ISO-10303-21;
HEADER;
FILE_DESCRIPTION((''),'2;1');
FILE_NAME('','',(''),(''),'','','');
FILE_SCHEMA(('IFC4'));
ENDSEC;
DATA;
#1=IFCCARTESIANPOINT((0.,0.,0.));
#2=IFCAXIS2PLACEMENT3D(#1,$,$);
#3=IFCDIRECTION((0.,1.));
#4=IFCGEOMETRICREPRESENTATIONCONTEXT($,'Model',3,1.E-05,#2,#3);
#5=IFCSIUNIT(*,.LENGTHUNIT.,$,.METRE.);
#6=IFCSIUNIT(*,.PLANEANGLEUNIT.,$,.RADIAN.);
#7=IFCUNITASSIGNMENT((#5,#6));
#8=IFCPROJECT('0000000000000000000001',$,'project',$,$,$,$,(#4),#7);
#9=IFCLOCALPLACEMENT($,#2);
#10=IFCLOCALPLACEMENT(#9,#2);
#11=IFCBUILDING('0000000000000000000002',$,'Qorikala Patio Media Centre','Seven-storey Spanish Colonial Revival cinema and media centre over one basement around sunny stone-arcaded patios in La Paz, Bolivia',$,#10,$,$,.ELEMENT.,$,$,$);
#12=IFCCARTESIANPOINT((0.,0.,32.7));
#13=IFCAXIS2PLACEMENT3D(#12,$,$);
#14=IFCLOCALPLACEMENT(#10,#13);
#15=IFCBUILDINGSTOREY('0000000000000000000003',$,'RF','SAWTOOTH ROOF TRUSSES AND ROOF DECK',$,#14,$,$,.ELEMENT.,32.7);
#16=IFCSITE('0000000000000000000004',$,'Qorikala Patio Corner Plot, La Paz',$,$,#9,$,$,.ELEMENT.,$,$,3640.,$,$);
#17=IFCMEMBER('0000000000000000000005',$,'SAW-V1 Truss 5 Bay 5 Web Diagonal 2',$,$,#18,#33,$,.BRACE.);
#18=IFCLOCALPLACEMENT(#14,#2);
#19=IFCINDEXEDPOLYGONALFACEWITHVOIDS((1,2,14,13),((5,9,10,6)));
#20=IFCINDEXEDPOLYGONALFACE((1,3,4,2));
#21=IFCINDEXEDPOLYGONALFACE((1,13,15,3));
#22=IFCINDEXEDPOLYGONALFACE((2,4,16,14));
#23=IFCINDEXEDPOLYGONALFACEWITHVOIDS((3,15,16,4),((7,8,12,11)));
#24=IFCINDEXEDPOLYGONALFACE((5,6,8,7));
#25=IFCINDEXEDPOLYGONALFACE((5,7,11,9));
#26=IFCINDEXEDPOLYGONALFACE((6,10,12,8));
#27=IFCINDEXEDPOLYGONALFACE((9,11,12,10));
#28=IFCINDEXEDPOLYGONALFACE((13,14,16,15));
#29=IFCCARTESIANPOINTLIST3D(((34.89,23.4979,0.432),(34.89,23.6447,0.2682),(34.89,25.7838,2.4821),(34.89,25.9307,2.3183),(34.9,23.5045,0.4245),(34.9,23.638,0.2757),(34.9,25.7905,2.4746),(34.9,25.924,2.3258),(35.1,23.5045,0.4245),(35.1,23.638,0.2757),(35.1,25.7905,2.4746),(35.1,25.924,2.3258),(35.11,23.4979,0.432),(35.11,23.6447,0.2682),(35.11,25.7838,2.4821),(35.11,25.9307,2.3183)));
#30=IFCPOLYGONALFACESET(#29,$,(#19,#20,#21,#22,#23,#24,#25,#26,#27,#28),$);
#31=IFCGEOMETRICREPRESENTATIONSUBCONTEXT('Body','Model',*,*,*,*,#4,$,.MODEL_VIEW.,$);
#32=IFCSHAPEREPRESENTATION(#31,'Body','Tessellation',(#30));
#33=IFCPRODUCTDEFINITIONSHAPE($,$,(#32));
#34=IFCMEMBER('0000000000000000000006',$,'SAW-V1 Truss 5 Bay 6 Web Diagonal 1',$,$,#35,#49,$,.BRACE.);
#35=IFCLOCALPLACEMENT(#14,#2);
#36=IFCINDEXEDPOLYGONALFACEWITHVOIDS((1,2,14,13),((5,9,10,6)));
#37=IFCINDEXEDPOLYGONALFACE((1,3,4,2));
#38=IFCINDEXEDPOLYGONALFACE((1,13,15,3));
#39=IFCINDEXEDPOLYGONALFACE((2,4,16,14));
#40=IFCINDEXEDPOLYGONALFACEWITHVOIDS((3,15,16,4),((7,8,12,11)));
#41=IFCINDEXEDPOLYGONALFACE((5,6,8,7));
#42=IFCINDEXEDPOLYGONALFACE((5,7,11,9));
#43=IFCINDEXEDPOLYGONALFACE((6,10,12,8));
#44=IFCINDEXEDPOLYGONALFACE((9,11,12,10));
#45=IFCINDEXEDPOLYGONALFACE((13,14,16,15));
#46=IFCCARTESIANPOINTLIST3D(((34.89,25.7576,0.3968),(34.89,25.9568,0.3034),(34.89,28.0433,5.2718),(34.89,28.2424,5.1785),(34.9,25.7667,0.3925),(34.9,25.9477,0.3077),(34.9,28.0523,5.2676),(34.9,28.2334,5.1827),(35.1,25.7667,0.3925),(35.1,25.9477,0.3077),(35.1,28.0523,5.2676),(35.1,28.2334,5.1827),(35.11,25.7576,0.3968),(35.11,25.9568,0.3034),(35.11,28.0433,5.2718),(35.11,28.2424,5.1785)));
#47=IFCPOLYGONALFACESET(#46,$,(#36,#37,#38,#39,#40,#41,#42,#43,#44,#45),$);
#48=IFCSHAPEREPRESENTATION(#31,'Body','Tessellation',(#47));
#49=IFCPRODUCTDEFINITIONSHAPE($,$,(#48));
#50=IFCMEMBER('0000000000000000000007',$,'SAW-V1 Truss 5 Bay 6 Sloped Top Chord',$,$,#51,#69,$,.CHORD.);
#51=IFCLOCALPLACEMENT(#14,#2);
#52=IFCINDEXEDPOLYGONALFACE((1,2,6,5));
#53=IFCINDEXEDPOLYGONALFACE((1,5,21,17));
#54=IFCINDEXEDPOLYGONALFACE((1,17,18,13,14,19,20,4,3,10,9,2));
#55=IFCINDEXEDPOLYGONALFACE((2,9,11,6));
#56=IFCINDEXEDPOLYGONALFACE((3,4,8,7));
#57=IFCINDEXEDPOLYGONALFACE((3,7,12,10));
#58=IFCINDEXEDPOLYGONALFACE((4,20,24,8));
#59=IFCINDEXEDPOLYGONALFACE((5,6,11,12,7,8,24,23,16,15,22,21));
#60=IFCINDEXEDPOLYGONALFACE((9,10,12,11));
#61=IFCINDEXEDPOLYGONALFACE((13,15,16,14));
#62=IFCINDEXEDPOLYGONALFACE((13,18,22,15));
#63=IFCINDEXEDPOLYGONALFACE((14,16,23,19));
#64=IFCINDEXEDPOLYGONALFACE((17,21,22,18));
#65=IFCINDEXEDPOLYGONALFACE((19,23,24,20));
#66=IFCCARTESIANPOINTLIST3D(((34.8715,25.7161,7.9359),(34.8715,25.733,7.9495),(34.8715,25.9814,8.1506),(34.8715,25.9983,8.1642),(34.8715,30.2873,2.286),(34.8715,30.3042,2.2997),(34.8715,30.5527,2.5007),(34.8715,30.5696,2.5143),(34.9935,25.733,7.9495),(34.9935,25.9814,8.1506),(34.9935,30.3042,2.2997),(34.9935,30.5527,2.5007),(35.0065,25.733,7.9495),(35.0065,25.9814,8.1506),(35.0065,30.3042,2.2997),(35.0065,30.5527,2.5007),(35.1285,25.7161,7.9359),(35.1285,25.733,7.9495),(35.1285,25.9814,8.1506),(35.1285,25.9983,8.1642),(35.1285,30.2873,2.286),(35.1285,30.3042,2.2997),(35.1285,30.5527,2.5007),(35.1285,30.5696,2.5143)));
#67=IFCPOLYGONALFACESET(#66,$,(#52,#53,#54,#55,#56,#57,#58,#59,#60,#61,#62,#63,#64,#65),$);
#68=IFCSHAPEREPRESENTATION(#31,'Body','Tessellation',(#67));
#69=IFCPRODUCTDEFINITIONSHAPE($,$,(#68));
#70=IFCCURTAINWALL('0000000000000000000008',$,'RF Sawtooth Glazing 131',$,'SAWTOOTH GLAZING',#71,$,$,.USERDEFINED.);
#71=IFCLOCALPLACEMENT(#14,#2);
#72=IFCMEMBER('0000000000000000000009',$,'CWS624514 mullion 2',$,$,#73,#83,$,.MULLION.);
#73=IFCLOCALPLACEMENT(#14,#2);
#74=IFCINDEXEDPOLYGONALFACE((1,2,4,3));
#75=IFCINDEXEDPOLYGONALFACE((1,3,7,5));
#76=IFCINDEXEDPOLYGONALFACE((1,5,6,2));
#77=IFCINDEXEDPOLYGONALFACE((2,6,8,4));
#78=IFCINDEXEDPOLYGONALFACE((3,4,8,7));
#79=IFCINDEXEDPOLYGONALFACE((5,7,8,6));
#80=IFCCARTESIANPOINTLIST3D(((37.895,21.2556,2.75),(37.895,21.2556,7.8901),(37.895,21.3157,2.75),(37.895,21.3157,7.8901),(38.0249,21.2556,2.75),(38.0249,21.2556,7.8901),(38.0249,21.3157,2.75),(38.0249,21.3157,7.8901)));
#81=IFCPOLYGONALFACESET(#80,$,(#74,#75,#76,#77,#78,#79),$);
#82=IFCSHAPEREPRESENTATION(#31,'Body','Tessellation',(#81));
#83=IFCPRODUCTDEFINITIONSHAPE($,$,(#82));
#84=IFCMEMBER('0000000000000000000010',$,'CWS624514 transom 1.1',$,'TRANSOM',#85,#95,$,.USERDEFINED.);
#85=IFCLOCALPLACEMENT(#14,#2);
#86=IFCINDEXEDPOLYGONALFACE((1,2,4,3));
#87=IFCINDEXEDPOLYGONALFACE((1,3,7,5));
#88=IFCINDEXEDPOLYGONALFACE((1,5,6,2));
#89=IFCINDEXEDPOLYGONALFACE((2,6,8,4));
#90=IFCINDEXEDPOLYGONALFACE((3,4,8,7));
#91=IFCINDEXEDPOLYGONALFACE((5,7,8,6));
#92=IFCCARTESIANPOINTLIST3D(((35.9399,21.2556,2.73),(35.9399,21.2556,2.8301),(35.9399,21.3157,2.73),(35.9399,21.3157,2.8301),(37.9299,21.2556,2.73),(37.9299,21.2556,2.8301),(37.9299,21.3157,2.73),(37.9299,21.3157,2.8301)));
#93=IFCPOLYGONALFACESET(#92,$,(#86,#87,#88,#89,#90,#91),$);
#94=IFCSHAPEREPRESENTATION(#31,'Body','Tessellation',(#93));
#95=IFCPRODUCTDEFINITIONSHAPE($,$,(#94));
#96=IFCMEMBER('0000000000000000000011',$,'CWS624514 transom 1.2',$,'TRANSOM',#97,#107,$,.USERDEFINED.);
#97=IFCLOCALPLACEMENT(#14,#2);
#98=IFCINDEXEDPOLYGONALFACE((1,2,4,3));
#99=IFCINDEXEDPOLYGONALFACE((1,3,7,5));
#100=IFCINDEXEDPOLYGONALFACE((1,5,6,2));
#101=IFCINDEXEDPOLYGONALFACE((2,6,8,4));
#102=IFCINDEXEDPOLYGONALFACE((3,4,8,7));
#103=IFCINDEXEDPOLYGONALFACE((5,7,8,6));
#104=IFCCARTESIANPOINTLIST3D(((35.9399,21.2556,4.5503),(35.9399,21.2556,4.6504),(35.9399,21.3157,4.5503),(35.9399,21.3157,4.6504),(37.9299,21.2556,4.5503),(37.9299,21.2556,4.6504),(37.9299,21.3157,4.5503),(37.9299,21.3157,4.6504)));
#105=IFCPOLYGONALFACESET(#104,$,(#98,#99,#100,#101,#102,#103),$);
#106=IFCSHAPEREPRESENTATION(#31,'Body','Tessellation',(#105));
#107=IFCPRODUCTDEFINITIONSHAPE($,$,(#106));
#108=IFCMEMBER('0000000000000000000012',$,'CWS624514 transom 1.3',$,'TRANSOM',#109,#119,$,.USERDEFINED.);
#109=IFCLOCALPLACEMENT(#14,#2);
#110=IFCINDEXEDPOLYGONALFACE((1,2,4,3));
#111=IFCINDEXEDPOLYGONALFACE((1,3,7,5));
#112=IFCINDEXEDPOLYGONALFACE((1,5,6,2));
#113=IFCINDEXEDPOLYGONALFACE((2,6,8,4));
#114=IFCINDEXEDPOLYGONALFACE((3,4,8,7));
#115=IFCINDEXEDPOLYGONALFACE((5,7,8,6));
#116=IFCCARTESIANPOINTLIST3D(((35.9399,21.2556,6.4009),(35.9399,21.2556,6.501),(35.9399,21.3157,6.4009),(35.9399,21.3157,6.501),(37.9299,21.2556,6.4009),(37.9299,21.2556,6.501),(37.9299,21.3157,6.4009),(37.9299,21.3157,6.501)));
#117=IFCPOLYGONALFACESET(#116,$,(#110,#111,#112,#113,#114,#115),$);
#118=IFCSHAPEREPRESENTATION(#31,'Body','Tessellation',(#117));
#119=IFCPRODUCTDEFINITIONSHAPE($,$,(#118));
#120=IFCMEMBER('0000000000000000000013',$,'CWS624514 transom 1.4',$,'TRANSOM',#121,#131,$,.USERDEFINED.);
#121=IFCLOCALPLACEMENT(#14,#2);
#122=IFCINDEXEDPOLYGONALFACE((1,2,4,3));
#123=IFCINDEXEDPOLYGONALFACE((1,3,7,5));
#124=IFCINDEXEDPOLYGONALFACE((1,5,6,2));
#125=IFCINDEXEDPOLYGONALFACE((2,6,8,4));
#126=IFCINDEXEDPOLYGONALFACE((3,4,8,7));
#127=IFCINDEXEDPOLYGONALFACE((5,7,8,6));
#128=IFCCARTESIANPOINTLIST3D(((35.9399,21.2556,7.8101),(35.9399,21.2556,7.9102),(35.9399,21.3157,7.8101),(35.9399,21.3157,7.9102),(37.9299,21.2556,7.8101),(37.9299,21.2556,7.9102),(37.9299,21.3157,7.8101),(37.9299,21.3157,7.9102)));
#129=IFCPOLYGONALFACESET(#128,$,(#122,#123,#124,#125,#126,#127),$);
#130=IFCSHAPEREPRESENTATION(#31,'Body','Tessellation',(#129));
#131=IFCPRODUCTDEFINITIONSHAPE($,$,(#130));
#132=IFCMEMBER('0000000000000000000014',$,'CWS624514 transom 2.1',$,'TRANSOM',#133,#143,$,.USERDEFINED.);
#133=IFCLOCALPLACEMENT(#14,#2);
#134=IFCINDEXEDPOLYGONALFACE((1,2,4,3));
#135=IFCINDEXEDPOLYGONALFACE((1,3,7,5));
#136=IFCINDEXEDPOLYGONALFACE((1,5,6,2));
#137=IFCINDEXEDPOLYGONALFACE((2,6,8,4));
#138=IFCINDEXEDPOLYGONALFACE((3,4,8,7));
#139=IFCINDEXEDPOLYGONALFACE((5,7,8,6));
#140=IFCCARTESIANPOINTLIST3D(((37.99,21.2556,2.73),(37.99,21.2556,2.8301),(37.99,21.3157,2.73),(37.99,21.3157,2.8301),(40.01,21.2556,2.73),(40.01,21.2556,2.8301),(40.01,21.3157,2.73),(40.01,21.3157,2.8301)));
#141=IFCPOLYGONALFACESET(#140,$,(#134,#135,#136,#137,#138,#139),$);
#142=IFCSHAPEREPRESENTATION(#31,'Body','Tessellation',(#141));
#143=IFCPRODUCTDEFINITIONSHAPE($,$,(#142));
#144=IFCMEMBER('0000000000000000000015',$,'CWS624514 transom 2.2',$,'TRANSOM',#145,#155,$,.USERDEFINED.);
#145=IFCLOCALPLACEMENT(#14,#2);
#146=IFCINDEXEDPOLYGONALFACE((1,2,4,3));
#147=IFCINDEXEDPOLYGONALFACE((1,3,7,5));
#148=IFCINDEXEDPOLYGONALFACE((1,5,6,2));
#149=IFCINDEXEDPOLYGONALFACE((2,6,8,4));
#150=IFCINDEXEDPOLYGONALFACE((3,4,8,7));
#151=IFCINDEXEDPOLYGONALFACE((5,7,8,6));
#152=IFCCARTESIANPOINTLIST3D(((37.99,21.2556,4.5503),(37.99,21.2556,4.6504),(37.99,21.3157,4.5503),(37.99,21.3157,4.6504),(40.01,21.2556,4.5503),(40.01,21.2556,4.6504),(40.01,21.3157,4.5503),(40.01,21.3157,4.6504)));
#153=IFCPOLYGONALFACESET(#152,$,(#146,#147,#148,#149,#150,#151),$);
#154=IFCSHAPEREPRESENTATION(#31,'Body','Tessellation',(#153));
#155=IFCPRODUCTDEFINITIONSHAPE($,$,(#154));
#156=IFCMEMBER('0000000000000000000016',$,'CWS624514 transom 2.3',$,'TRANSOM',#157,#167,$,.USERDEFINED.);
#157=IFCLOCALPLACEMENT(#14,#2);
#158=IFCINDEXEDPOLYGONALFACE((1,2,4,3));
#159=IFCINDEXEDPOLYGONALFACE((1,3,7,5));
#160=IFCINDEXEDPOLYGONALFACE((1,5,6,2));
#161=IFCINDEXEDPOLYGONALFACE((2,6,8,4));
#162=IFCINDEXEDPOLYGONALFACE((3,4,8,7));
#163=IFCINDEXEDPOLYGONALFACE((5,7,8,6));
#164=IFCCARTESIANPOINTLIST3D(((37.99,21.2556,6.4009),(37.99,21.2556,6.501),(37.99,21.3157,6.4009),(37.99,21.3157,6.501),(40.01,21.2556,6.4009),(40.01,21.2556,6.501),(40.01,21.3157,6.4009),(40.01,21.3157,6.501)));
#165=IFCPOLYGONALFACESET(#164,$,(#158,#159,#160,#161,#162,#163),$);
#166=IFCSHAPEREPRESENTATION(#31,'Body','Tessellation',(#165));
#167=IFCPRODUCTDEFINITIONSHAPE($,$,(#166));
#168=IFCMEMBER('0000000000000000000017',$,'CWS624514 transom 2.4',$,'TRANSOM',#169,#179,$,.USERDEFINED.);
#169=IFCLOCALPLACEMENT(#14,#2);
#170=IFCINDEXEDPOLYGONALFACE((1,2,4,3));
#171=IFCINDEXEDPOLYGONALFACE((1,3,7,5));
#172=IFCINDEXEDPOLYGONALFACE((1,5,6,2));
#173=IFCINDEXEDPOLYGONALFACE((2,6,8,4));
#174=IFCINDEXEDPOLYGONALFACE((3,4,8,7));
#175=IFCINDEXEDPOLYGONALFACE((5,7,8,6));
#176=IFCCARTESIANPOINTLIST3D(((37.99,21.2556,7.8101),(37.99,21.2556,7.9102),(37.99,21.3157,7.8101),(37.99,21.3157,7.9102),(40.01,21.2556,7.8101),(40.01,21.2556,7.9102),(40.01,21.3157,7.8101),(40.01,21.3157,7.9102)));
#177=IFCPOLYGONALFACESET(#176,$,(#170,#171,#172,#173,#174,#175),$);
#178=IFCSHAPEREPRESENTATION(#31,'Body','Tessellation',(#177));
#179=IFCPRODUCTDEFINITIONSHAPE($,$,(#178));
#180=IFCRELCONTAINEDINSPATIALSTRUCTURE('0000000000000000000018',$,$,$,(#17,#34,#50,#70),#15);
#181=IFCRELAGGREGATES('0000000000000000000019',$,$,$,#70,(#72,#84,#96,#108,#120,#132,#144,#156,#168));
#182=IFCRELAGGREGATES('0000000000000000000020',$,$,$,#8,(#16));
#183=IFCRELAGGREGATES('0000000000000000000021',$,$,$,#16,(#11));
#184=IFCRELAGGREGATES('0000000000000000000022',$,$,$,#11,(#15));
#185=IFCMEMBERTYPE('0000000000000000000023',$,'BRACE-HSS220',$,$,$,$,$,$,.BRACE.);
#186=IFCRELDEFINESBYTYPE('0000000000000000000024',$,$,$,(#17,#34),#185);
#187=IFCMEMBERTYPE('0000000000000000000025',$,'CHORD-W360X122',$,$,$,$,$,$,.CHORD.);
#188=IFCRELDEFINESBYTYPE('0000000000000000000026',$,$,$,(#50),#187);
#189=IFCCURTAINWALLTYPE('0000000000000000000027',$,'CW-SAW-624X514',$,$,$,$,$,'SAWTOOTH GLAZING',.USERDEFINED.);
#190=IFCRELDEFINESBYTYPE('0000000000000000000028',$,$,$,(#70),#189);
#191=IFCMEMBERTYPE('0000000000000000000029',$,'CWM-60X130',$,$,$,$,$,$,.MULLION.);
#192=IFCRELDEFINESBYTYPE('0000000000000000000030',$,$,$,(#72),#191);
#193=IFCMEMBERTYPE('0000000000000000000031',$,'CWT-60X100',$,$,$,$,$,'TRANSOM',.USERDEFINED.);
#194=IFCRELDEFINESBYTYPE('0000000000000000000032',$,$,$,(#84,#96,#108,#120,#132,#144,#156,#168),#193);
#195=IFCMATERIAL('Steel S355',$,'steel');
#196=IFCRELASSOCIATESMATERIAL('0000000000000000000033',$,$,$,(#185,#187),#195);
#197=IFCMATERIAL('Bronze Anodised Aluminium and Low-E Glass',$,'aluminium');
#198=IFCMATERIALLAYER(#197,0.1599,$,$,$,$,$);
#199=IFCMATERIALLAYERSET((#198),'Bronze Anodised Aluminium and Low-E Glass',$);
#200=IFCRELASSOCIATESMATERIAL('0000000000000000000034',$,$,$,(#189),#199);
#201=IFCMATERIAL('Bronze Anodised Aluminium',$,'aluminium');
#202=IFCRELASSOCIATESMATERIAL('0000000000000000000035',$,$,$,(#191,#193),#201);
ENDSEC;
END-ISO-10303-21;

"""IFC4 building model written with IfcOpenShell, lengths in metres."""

from ifc_helpers import new_model, si_unit, direction, frame, origin, origin_2d, place, context, subcontext, project, spatial, rectangle, hollow_rectangle, i_section, extrude, material, layer, layer_set, material_profile, profile_set, type_object, element, aggregate, save


model = new_model("IFC4")

# Units and contexts
model_context = context("Model", 3, precision=1e-05, world=origin(), true_north=direction((0.0, 1.0)))
body_context = subcontext(model_context, "Body", "Model", "MODEL_VIEW")
ifc_project = project(units=[si_unit("LENGTHUNIT", "METRE"), si_unit("PLANEANGLEUNIT", "RADIAN")], contexts=[model_context])

# Site, building, storey
site_placement = place(None, origin())
site = spatial("IfcSite", under=ifc_project, at=site_placement, Name="Qorikala Patio Corner Plot, La Paz", CompositionType="ELEMENT", RefElevation=3640.0)
building_placement = place(site_placement, origin())
building = spatial("IfcBuilding", under=site, at=building_placement, Name="Qorikala Patio Media Centre", Description="Seven-storey Spanish Colonial Revival cinema and media centre over one basement around sunny stone-arcaded patios in La Paz, Bolivia", CompositionType="ELEMENT")
storey_placement = place(building_placement, frame((0.0, 0.0, 32.7)))
storey = spatial("IfcBuildingStorey", under=building, at=storey_placement, Name="RF", Description="SAWTOOTH ROOF TRUSSES AND ROOF DECK", CompositionType="ELEMENT", Elevation=32.7)

# Members
ifc_material_1 = material(Name="Steel S355", Category="steel")
ifc_material_profile_1 = material_profile(ifc_material_1, hollow_rectangle(XDim=0.22, YDim=0.22, WallThickness=0.01, at=origin_2d()), Name="HSS220X220X10")
ifc_profile_set_1 = profile_set([ifc_material_profile_1], Name="Steel S355")
member_type_1 = type_object("IfcMemberType", Name="BRACE-HSS220", PredefinedType="BRACE", material=ifc_profile_set_1)
member_1_placement = place(storey_placement, frame((35.0, 23.5713, 0.3501), z_axis=(0.0, 0.744467, 0.667659), x_axis=(-1.0, 0.0, 0.0)))
element("IfcMember", 1, at=member_1_placement, inside=storey, type_object=member_type_1, Name="SAW-V1 Truss 5 Bay 5 Web Diagonal 2", PredefinedType="BRACE", context=body_context, shape_type="SweptSolid", body=[
    extrude(hollow_rectangle(XDim=0.22, YDim=0.22, WallThickness=0.01, at=origin_2d()), origin(), (0.0, 0.0, 1.0), 3.0706),
])
member_2_placement = place(storey_placement, frame((35.0, 25.8572, 0.3501), z_axis=(0.0, 0.424508, 0.905424), x_axis=(-1.0, 0.0, 0.0)))
element("IfcMember", 2, at=member_2_placement, inside=storey, type_object=member_type_1, Name="SAW-V1 Truss 5 Bay 6 Web Diagonal 1", PredefinedType="BRACE", context=body_context, shape_type="SweptSolid", body=[
    extrude(hollow_rectangle(XDim=0.22, YDim=0.22, WallThickness=0.01, at=origin_2d()), origin(), (0.0, 0.0, 1.0), 5.3843),
])
ifc_material_profile_2 = material_profile(ifc_material_1, i_section(OverallWidth=0.2571, OverallDepth=0.363, WebThickness=0.0129, FlangeThickness=0.0217, at=origin_2d()), Name="W360X122")
ifc_profile_set_2 = profile_set([ifc_material_profile_2], Name="Steel S355")
member_type_2 = type_object("IfcMemberType", Name="CHORD-W360X122", PredefinedType="CHORD", material=ifc_profile_set_2)
member_3_placement = place(storey_placement, frame((35.0, 25.8572, 8.05), z_axis=(0.0, 0.628995, -0.777409), x_axis=(-1.0, 0.0, 0.0)))
element("IfcMember", 3, at=member_3_placement, inside=storey, type_object=member_type_2, Name="SAW-V1 Truss 5 Bay 6 Sloped Top Chord", PredefinedType="CHORD", context=body_context, shape_type="SweptSolid", body=[
    extrude(i_section(OverallWidth=0.2571, OverallDepth=0.363, WebThickness=0.0129, FlangeThickness=0.0217, at=origin_2d()), origin(), (0.0, 0.0, 1.0), 7.2676),
])

# Curtain wall, members
ifc_material_2 = material(Name="Bronze Anodised Aluminium and Low-E Glass", Category="aluminium")
ifc_layer_1 = layer(ifc_material_2, 0.1599)
ifc_layer_set_1 = layer_set([ifc_layer_1], Name="Bronze Anodised Aluminium and Low-E Glass")
curtain_wall_type = type_object("IfcCurtainWallType", Name="CW-SAW-624X514", ElementType="SAWTOOTH GLAZING", PredefinedType="USERDEFINED", material=ifc_layer_set_1)
curtain_wall_placement = place(storey_placement, origin())
curtain_wall = element("IfcCurtainWall", 4, at=curtain_wall_placement, inside=storey, type_object=curtain_wall_type, Name="RF Sawtooth Glazing 131", ObjectType="SAWTOOTH GLAZING", PredefinedType="USERDEFINED")
ifc_material_3 = material(Name="Bronze Anodised Aluminium", Category="aluminium")
ifc_material_profile_3 = material_profile(ifc_material_3, rectangle(XDim=0.0601, YDim=0.1299, at=origin_2d()), Name="ALU MULLION 60x130")
ifc_profile_set_3 = profile_set([ifc_material_profile_3], Name="Bronze Anodised Aluminium")
member_type_3 = type_object("IfcMemberType", Name="CWM-60X130", PredefinedType="MULLION", material=ifc_profile_set_3)
member_4_placement = place(storey_placement, frame((37.96, 21.2856, 2.75), z_axis=(0.0, 0.0, 1.0), x_axis=(0.0, 1.0, 0.0)))
member_4 = element("IfcMember", 5, at=member_4_placement, type_object=member_type_3, Name="CWS624514 mullion 2", PredefinedType="MULLION", context=body_context, shape_type="SweptSolid", body=[
    extrude(rectangle(XDim=0.0601, YDim=0.1299, at=origin_2d()), origin(), (0.0, 0.0, 1.0), 5.1401),
])
ifc_material_profile_4 = material_profile(ifc_material_3, rectangle(XDim=0.0601, YDim=0.1001, at=origin_2d()), Name="ALU TRANSOM 60x100")
ifc_profile_set_4 = profile_set([ifc_material_profile_4], Name="Bronze Anodised Aluminium")
member_type_4 = type_object("IfcMemberType", Name="CWT-60X100", ElementType="TRANSOM", PredefinedType="USERDEFINED", material=ifc_profile_set_4)
member_5_placement = place(storey_placement, frame((35.9399, 21.2856, 2.78), z_axis=(1.0, 0.0, 0.0), x_axis=(0.0, 1.0, 0.0)))
member_5 = element("IfcMember", 6, at=member_5_placement, type_object=member_type_4, Name="CWS624514 transom 1.1", ObjectType="TRANSOM", PredefinedType="USERDEFINED", context=body_context, shape_type="SweptSolid", body=[
    extrude(rectangle(XDim=0.0601, YDim=0.1001, at=origin_2d()), origin(), (0.0, 0.0, 1.0), 1.99),
])
member_6_placement = place(storey_placement, frame((35.9399, 21.2856, 4.6003), z_axis=(1.0, 0.0, 0.0), x_axis=(0.0, 1.0, 0.0)))
member_6 = element("IfcMember", 7, at=member_6_placement, type_object=member_type_4, Name="CWS624514 transom 1.2", ObjectType="TRANSOM", PredefinedType="USERDEFINED", context=body_context, shape_type="SweptSolid", body=[
    extrude(rectangle(XDim=0.0601, YDim=0.1001, at=origin_2d()), origin(), (0.0, 0.0, 1.0), 1.99),
])
member_7_placement = place(storey_placement, frame((35.9399, 21.2856, 6.4509), z_axis=(1.0, 0.0, 0.0), x_axis=(0.0, 1.0, 0.0)))
member_7 = element("IfcMember", 8, at=member_7_placement, type_object=member_type_4, Name="CWS624514 transom 1.3", ObjectType="TRANSOM", PredefinedType="USERDEFINED", context=body_context, shape_type="SweptSolid", body=[
    extrude(rectangle(XDim=0.0601, YDim=0.1001, at=origin_2d()), origin(), (0.0, 0.0, 1.0), 1.99),
])
member_8_placement = place(storey_placement, frame((35.9399, 21.2856, 7.8601), z_axis=(1.0, 0.0, 0.0), x_axis=(0.0, 1.0, 0.0)))
member_8 = element("IfcMember", 9, at=member_8_placement, type_object=member_type_4, Name="CWS624514 transom 1.4", ObjectType="TRANSOM", PredefinedType="USERDEFINED", context=body_context, shape_type="SweptSolid", body=[
    extrude(rectangle(XDim=0.0601, YDim=0.1001, at=origin_2d()), origin(), (0.0, 0.0, 1.0), 1.99),
])
member_9_placement = place(storey_placement, frame((37.99, 21.2856, 2.78), z_axis=(1.0, 0.0, 0.0), x_axis=(0.0, 1.0, 0.0)))
member_9 = element("IfcMember", 10, at=member_9_placement, type_object=member_type_4, Name="CWS624514 transom 2.1", ObjectType="TRANSOM", PredefinedType="USERDEFINED", context=body_context, shape_type="SweptSolid", body=[
    extrude(rectangle(XDim=0.0601, YDim=0.1001, at=origin_2d()), origin(), (0.0, 0.0, 1.0), 2.02),
])
member_10_placement = place(storey_placement, frame((37.99, 21.2856, 4.6003), z_axis=(1.0, 0.0, 0.0), x_axis=(0.0, 1.0, 0.0)))
member_10 = element("IfcMember", 11, at=member_10_placement, type_object=member_type_4, Name="CWS624514 transom 2.2", ObjectType="TRANSOM", PredefinedType="USERDEFINED", context=body_context, shape_type="SweptSolid", body=[
    extrude(rectangle(XDim=0.0601, YDim=0.1001, at=origin_2d()), origin(), (0.0, 0.0, 1.0), 2.02),
])
member_11_placement = place(storey_placement, frame((37.99, 21.2856, 6.4509), z_axis=(1.0, 0.0, 0.0), x_axis=(0.0, 1.0, 0.0)))
member_11 = element("IfcMember", 12, at=member_11_placement, type_object=member_type_4, Name="CWS624514 transom 2.3", ObjectType="TRANSOM", PredefinedType="USERDEFINED", context=body_context, shape_type="SweptSolid", body=[
    extrude(rectangle(XDim=0.0601, YDim=0.1001, at=origin_2d()), origin(), (0.0, 0.0, 1.0), 2.02),
])
member_12_placement = place(storey_placement, frame((37.99, 21.2856, 7.8601), z_axis=(1.0, 0.0, 0.0), x_axis=(0.0, 1.0, 0.0)))
member_12 = element("IfcMember", 13, at=member_12_placement, type_object=member_type_4, Name="CWS624514 transom 2.4", ObjectType="TRANSOM", PredefinedType="USERDEFINED", context=body_context, shape_type="SweptSolid", body=[
    extrude(rectangle(XDim=0.0601, YDim=0.1001, at=origin_2d()), origin(), (0.0, 0.0, 1.0), 2.02),
])

aggregate(curtain_wall, [member_4, member_5, member_6, member_7, member_8, member_9, member_10, member_11, member_12])

save(model, "model.ifc")
